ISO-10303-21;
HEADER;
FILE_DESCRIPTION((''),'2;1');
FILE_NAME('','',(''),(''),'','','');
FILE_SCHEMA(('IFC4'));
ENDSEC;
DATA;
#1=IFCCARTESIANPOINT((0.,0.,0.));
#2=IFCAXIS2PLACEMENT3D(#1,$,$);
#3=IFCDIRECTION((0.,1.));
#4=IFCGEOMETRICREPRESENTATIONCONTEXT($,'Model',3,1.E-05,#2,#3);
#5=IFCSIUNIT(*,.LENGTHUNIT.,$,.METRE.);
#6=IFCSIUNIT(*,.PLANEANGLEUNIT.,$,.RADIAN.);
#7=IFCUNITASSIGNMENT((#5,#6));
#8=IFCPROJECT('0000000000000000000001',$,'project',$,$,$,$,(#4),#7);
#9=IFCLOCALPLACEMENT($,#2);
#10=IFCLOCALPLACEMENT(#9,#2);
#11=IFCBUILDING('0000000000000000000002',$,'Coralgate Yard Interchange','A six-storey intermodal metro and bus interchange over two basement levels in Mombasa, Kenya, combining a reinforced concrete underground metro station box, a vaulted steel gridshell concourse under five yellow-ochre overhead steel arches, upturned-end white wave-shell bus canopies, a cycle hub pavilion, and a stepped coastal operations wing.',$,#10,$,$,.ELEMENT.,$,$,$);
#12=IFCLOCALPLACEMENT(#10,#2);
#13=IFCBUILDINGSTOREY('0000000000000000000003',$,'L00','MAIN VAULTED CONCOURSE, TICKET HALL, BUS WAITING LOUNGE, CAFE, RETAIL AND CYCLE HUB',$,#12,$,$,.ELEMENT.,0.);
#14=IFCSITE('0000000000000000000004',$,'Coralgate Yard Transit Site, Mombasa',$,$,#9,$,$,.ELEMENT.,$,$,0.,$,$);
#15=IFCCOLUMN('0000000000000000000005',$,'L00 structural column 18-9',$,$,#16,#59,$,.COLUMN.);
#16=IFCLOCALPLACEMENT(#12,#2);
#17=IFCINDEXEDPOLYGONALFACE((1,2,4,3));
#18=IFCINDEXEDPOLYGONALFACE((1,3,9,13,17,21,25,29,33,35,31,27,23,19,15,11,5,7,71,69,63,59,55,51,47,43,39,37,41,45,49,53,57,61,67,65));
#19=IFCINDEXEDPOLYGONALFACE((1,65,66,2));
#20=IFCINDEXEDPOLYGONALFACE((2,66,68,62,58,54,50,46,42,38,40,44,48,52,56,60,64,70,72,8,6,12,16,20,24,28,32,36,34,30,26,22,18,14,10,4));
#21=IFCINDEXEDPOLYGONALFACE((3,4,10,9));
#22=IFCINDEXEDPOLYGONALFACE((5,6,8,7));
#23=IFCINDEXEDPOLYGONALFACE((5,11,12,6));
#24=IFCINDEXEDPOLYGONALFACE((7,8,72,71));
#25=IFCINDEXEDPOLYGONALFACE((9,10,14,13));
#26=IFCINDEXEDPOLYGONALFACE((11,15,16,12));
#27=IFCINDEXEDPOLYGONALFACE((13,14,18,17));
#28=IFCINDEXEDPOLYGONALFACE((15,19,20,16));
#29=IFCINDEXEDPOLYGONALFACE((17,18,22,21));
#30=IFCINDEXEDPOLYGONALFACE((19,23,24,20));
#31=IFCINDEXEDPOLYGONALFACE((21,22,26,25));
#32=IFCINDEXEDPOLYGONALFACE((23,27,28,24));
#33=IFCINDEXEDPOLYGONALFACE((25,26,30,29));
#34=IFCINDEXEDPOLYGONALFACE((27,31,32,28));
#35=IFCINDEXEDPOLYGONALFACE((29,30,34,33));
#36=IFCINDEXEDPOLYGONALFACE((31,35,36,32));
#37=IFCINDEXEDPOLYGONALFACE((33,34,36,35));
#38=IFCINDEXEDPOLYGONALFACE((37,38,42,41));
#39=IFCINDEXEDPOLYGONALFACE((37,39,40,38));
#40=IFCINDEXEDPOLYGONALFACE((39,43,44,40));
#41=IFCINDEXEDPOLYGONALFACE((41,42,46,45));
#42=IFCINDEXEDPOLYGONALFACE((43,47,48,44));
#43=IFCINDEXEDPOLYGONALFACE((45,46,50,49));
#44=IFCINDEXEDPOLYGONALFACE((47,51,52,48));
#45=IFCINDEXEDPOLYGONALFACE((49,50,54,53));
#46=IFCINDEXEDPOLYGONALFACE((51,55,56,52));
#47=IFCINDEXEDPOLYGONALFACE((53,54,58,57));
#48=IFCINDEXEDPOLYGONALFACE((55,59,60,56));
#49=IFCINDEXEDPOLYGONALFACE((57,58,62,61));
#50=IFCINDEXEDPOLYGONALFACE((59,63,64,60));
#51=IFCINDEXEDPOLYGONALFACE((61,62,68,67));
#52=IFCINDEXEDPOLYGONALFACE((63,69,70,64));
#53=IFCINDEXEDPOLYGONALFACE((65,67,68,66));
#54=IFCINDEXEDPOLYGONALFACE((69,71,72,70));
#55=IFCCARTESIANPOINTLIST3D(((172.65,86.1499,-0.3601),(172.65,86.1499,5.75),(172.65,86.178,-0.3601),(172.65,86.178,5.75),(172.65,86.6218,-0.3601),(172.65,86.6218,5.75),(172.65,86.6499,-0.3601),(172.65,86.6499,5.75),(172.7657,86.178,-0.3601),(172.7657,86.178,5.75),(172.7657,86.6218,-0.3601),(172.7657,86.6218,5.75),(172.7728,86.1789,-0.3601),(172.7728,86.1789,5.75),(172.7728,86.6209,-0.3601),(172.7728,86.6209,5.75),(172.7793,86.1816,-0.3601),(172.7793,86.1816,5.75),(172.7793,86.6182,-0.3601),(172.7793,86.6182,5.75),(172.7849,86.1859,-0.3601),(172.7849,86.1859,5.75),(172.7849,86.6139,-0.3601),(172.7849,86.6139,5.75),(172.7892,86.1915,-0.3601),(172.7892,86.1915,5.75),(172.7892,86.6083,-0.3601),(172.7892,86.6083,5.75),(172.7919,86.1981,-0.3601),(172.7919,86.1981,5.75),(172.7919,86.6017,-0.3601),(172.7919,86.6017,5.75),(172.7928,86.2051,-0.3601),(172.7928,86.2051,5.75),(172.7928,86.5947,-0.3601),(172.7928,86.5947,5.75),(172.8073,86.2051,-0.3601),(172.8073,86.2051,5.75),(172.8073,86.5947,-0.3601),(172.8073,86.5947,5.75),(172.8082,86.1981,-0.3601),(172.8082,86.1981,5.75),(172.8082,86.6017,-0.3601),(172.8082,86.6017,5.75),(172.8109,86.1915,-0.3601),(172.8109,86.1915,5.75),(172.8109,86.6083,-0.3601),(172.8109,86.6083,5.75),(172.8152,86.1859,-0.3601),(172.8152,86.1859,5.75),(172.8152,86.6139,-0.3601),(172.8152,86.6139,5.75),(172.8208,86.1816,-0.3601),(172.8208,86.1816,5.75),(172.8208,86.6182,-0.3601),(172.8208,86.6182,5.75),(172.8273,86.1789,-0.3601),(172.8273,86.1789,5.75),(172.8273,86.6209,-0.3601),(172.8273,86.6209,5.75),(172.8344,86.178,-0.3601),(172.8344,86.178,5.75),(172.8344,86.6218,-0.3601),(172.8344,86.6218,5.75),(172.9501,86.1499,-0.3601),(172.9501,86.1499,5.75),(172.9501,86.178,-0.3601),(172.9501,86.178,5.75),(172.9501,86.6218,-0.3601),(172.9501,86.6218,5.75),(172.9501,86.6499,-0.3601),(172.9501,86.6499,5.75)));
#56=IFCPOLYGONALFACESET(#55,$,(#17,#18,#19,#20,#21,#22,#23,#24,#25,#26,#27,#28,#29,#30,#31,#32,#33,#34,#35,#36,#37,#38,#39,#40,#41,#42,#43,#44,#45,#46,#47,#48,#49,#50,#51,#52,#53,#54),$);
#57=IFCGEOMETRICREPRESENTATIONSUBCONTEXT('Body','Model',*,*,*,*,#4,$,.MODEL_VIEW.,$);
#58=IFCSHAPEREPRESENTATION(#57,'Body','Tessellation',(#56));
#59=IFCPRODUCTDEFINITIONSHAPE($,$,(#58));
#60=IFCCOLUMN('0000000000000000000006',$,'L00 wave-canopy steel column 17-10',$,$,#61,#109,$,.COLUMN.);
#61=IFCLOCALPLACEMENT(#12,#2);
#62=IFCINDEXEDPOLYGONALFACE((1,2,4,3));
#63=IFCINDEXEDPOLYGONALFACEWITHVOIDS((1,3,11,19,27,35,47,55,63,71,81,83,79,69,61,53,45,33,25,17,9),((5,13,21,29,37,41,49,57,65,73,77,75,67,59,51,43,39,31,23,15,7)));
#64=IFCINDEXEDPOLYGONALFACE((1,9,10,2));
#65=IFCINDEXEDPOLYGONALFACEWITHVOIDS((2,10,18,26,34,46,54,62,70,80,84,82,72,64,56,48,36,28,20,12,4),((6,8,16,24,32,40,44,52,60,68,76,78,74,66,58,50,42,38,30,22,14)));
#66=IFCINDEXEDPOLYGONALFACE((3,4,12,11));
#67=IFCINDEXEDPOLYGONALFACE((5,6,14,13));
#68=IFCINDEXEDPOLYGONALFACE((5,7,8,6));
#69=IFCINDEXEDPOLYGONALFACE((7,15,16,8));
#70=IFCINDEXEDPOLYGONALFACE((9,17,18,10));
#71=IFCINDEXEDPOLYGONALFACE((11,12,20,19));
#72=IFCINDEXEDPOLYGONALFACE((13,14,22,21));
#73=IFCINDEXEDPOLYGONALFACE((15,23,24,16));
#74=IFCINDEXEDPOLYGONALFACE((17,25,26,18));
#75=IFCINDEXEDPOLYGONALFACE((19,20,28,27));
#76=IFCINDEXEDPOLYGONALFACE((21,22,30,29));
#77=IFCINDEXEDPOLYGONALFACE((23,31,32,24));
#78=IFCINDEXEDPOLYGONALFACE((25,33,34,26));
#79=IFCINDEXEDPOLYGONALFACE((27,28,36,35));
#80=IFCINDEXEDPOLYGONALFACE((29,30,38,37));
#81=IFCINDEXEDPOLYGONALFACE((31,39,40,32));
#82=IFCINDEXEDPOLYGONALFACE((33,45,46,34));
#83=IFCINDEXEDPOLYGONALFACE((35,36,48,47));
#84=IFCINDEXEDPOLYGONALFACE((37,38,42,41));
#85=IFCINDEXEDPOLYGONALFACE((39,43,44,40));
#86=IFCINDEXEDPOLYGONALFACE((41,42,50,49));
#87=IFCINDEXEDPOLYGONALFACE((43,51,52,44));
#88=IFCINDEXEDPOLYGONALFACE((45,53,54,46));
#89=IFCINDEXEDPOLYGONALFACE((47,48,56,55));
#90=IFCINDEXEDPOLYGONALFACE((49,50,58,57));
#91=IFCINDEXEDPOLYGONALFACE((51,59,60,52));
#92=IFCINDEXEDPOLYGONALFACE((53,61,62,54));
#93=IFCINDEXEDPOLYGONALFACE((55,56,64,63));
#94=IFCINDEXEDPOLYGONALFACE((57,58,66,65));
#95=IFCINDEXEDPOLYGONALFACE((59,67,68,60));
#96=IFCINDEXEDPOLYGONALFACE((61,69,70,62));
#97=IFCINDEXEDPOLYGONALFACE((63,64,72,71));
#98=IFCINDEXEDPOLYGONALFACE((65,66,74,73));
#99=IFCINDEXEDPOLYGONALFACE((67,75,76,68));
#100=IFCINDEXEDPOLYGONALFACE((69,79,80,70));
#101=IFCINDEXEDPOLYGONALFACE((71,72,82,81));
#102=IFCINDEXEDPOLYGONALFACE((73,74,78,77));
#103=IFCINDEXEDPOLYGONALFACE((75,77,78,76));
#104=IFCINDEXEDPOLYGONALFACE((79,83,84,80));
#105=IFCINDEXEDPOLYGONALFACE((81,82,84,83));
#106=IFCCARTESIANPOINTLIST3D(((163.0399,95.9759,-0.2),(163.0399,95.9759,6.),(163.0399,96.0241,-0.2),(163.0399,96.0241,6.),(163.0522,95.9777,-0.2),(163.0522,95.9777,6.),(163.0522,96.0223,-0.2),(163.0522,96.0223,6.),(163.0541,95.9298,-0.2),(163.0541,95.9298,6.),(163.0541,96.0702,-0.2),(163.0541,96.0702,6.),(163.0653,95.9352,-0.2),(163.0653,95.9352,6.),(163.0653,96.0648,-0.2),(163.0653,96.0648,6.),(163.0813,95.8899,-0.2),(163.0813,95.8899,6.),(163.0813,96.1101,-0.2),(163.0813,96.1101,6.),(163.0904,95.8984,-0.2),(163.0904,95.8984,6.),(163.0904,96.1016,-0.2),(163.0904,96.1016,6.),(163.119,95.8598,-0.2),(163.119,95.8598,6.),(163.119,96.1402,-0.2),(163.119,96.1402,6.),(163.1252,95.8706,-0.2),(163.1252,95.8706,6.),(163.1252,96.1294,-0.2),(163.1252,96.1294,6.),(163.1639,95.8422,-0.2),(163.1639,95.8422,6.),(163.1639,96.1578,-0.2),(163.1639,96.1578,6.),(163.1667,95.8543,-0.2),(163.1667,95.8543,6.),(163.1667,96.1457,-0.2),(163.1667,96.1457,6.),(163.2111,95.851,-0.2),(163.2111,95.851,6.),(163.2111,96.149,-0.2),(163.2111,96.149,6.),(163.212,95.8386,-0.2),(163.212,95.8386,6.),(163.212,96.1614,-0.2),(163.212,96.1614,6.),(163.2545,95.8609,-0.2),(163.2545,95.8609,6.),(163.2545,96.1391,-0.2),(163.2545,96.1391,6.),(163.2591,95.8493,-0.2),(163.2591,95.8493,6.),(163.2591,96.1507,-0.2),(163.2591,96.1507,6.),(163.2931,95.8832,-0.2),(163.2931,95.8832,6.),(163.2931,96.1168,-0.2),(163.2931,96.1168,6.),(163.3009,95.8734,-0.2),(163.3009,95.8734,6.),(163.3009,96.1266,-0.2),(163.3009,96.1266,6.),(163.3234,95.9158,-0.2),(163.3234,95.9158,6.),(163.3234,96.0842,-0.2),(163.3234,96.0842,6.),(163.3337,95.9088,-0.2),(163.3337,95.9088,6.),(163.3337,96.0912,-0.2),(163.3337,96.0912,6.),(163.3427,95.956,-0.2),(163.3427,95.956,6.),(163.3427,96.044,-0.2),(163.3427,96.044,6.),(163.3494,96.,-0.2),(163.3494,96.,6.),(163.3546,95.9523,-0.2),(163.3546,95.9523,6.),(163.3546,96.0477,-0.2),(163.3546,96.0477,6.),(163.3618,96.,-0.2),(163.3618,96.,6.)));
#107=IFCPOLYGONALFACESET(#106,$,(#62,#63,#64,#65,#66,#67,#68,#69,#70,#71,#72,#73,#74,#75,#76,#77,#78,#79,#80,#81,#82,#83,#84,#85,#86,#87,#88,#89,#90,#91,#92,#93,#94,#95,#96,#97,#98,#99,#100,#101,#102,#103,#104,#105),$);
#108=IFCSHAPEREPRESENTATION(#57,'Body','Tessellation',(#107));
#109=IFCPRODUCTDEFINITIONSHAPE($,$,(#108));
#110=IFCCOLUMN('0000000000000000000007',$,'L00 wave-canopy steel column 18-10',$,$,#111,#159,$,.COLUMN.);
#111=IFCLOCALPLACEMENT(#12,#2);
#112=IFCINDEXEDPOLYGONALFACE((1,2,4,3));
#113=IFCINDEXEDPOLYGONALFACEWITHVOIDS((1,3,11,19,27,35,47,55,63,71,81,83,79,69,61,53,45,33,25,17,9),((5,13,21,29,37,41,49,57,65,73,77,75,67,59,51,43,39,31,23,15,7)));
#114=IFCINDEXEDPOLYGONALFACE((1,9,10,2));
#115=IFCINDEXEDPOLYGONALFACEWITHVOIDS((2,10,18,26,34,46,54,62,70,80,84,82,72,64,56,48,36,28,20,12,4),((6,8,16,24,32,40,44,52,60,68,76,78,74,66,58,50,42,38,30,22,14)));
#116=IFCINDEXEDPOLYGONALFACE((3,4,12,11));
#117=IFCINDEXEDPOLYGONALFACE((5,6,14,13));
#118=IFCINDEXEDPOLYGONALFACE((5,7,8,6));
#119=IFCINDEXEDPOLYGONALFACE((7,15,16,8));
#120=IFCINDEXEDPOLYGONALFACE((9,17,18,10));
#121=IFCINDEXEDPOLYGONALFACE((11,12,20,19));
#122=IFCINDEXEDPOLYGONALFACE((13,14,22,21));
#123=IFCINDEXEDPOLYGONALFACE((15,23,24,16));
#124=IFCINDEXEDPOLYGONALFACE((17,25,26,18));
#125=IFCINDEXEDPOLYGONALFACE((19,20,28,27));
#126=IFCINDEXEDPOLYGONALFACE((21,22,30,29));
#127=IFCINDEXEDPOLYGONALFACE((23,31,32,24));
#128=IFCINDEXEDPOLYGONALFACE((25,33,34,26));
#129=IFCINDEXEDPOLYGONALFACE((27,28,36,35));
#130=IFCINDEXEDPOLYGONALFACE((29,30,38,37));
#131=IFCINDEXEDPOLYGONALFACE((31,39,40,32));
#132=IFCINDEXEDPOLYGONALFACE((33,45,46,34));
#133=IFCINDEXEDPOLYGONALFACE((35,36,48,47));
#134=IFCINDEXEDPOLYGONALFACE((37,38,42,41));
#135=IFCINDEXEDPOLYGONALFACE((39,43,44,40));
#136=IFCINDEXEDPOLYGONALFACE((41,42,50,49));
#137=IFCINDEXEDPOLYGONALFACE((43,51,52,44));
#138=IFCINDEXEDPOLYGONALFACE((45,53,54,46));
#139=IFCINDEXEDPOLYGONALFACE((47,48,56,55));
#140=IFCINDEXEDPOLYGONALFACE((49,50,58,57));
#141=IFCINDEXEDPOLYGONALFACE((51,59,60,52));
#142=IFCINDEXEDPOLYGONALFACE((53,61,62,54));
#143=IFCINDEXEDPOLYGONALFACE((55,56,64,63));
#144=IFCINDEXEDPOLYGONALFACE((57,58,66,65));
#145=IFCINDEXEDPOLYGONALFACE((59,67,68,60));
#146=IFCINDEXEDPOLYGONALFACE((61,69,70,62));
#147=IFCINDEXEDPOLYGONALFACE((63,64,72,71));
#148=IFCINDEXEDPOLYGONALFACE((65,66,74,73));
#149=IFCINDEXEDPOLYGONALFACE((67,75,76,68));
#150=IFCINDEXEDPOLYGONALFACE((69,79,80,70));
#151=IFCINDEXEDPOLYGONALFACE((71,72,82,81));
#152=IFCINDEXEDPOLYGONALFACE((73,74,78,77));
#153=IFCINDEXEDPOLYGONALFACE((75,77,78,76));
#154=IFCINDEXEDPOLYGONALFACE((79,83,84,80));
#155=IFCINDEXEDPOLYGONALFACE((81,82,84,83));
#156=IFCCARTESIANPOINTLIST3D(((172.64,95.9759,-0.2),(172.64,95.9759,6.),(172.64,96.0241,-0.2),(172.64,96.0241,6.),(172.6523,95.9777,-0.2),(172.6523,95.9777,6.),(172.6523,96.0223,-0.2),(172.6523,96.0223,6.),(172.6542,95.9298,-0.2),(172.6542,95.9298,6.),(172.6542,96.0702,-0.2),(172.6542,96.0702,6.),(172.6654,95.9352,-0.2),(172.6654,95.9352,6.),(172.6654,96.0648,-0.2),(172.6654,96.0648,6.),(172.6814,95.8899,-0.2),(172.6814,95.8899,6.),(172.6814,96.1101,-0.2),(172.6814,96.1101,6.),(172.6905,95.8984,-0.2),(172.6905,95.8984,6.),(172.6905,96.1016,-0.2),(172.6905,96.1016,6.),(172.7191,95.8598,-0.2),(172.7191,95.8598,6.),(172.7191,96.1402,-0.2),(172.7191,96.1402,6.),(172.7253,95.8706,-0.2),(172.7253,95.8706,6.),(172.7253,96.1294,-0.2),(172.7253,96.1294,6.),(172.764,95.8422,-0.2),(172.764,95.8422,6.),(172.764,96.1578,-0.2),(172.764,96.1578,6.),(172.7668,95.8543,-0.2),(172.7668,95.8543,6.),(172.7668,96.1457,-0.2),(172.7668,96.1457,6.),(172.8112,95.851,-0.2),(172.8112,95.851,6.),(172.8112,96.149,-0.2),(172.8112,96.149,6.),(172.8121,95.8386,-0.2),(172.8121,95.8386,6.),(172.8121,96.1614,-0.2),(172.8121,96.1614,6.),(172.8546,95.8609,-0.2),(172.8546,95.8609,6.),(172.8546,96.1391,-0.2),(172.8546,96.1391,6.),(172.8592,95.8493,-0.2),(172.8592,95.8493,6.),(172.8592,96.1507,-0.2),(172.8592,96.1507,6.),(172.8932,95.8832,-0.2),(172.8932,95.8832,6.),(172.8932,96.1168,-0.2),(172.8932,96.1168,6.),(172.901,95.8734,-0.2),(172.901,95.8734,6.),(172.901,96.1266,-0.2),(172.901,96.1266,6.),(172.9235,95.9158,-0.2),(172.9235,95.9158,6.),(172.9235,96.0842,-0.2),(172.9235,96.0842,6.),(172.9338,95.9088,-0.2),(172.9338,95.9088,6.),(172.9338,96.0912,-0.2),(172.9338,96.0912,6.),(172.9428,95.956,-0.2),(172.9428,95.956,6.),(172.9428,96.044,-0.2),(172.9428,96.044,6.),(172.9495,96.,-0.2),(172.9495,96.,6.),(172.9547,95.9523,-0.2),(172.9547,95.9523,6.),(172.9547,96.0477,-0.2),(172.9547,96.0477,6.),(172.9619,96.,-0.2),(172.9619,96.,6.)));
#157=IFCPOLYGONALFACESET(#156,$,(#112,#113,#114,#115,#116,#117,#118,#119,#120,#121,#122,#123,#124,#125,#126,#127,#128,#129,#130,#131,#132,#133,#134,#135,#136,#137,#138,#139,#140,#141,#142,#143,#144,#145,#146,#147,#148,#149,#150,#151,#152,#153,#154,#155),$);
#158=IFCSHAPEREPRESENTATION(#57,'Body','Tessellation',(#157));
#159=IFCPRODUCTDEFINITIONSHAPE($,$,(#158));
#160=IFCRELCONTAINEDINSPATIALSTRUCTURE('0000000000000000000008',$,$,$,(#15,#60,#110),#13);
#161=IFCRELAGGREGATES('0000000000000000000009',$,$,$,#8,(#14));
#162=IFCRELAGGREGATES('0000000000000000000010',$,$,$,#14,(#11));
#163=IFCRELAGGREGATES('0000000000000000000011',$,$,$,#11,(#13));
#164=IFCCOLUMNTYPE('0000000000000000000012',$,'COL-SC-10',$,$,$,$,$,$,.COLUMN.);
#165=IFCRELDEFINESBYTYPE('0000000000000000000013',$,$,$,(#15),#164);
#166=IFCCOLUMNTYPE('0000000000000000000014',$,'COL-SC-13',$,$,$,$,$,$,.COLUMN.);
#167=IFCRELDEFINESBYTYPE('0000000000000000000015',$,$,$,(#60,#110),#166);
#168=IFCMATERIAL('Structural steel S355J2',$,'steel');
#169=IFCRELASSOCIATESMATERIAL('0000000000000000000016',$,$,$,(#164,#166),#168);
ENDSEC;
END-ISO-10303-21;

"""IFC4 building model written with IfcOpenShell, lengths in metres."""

from ifc_helpers import new_model, si_unit, direction, frame, origin, origin_2d, place, context, subcontext, project, spatial, hollow_circle, i_section, extrude, material, material_profile, profile_set, type_object, element, save


model = new_model("IFC4")

# Units and contexts
model_context = context("Model", 3, precision=1e-05, world=origin(), true_north=direction((0.0, 1.0)))
body_context = subcontext(model_context, "Body", "Model", "MODEL_VIEW")
ifc_project = project(units=[si_unit("LENGTHUNIT", "METRE"), si_unit("PLANEANGLEUNIT", "RADIAN")], contexts=[model_context])

# Site, building, storey
site_placement = place(None, origin())
site = spatial("IfcSite", under=ifc_project, at=site_placement, Name="Coralgate Yard Transit Site, Mombasa", CompositionType="ELEMENT", RefElevation=0.0)
building_placement = place(site_placement, origin())
building = spatial("IfcBuilding", under=site, at=building_placement, Name="Coralgate Yard Interchange", Description="A six-storey intermodal metro and bus interchange over two basement levels in Mombasa, Kenya, combining a reinforced concrete underground metro station box, a vaulted steel gridshell concourse under five yellow-ochre overhead steel arches, upturned-end white wave-shell bus canopies, a cycle hub pavilion, and a stepped coastal operations wing.", CompositionType="ELEMENT")
storey_placement = place(building_placement, origin())
storey = spatial("IfcBuildingStorey", under=building, at=storey_placement, Name="L00", Description="MAIN VAULTED CONCOURSE, TICKET HALL, BUS WAITING LOUNGE, CAFE, RETAIL AND CYCLE HUB", CompositionType="ELEMENT", Elevation=0.0)

# Columns
ifc_material_1 = material(Name="Structural steel S355J2", Category="steel")
ifc_material_profile_1 = material_profile(ifc_material_1, i_section(OverallWidth=0.3, OverallDepth=0.5, WebThickness=0.0144, FlangeThickness=0.0281, FilletRadius=0.0271, at=origin_2d()), Name="HEB 500")
ifc_profile_set_1 = profile_set([ifc_material_profile_1], Name="Structural steel S355J2")
column_type_1 = type_object("IfcColumnType", Name="COL-SC-10", PredefinedType="COLUMN", material=ifc_profile_set_1)
for number, where, z_axis, x_axis, name in (
    (1, (172.8, 86.3999, -0.3601), (0.0, 0.0, 1.0), (1.0, 0.0, 0.0), "L00 structural column 18-9"),
):
    element("IfcColumn", number, at=place(storey_placement, frame(where, z_axis=z_axis, x_axis=x_axis)), inside=storey, type_object=column_type_1, Name=name, PredefinedType="COLUMN", context=body_context, shape_type="SweptSolid", body=[
        extrude(i_section(OverallWidth=0.3, OverallDepth=0.5, WebThickness=0.0144, FlangeThickness=0.0281, FilletRadius=0.0271, at=origin_2d()), origin(), (0.0, 0.0, 1.0), 6.1101),
    ])
ifc_material_profile_2 = material_profile(ifc_material_1, hollow_circle(Radius=0.1619, WallThickness=0.0125, at=origin_2d()), Name="CHS 323.9x12.5")
ifc_profile_set_2 = profile_set([ifc_material_profile_2], Name="Structural steel S355J2")
column_type_2 = type_object("IfcColumnType", Name="COL-SC-13", PredefinedType="COLUMN", material=ifc_profile_set_2)
for number, where, z_axis, x_axis, name in (
    (2, (163.2, 96.0, -0.2), (0.0, 0.0, 1.0), (1.0, 0.0, 0.0), "L00 wave-canopy steel column 17-10"),
    (3, (172.8, 96.0, -0.2), (0.0, 0.0, 1.0), (1.0, 0.0, 0.0), "L00 wave-canopy steel column 18-10"),
):
    element("IfcColumn", number, at=place(storey_placement, frame(where, z_axis=z_axis, x_axis=x_axis)), inside=storey, type_object=column_type_2, Name=name, PredefinedType="COLUMN", context=body_context, shape_type="SweptSolid", body=[
        extrude(hollow_circle(Radius=0.1619, WallThickness=0.0125, at=origin_2d()), origin(), (0.0, 0.0, 1.0), 6.2),
    ])

save(model, "model.ifc")
